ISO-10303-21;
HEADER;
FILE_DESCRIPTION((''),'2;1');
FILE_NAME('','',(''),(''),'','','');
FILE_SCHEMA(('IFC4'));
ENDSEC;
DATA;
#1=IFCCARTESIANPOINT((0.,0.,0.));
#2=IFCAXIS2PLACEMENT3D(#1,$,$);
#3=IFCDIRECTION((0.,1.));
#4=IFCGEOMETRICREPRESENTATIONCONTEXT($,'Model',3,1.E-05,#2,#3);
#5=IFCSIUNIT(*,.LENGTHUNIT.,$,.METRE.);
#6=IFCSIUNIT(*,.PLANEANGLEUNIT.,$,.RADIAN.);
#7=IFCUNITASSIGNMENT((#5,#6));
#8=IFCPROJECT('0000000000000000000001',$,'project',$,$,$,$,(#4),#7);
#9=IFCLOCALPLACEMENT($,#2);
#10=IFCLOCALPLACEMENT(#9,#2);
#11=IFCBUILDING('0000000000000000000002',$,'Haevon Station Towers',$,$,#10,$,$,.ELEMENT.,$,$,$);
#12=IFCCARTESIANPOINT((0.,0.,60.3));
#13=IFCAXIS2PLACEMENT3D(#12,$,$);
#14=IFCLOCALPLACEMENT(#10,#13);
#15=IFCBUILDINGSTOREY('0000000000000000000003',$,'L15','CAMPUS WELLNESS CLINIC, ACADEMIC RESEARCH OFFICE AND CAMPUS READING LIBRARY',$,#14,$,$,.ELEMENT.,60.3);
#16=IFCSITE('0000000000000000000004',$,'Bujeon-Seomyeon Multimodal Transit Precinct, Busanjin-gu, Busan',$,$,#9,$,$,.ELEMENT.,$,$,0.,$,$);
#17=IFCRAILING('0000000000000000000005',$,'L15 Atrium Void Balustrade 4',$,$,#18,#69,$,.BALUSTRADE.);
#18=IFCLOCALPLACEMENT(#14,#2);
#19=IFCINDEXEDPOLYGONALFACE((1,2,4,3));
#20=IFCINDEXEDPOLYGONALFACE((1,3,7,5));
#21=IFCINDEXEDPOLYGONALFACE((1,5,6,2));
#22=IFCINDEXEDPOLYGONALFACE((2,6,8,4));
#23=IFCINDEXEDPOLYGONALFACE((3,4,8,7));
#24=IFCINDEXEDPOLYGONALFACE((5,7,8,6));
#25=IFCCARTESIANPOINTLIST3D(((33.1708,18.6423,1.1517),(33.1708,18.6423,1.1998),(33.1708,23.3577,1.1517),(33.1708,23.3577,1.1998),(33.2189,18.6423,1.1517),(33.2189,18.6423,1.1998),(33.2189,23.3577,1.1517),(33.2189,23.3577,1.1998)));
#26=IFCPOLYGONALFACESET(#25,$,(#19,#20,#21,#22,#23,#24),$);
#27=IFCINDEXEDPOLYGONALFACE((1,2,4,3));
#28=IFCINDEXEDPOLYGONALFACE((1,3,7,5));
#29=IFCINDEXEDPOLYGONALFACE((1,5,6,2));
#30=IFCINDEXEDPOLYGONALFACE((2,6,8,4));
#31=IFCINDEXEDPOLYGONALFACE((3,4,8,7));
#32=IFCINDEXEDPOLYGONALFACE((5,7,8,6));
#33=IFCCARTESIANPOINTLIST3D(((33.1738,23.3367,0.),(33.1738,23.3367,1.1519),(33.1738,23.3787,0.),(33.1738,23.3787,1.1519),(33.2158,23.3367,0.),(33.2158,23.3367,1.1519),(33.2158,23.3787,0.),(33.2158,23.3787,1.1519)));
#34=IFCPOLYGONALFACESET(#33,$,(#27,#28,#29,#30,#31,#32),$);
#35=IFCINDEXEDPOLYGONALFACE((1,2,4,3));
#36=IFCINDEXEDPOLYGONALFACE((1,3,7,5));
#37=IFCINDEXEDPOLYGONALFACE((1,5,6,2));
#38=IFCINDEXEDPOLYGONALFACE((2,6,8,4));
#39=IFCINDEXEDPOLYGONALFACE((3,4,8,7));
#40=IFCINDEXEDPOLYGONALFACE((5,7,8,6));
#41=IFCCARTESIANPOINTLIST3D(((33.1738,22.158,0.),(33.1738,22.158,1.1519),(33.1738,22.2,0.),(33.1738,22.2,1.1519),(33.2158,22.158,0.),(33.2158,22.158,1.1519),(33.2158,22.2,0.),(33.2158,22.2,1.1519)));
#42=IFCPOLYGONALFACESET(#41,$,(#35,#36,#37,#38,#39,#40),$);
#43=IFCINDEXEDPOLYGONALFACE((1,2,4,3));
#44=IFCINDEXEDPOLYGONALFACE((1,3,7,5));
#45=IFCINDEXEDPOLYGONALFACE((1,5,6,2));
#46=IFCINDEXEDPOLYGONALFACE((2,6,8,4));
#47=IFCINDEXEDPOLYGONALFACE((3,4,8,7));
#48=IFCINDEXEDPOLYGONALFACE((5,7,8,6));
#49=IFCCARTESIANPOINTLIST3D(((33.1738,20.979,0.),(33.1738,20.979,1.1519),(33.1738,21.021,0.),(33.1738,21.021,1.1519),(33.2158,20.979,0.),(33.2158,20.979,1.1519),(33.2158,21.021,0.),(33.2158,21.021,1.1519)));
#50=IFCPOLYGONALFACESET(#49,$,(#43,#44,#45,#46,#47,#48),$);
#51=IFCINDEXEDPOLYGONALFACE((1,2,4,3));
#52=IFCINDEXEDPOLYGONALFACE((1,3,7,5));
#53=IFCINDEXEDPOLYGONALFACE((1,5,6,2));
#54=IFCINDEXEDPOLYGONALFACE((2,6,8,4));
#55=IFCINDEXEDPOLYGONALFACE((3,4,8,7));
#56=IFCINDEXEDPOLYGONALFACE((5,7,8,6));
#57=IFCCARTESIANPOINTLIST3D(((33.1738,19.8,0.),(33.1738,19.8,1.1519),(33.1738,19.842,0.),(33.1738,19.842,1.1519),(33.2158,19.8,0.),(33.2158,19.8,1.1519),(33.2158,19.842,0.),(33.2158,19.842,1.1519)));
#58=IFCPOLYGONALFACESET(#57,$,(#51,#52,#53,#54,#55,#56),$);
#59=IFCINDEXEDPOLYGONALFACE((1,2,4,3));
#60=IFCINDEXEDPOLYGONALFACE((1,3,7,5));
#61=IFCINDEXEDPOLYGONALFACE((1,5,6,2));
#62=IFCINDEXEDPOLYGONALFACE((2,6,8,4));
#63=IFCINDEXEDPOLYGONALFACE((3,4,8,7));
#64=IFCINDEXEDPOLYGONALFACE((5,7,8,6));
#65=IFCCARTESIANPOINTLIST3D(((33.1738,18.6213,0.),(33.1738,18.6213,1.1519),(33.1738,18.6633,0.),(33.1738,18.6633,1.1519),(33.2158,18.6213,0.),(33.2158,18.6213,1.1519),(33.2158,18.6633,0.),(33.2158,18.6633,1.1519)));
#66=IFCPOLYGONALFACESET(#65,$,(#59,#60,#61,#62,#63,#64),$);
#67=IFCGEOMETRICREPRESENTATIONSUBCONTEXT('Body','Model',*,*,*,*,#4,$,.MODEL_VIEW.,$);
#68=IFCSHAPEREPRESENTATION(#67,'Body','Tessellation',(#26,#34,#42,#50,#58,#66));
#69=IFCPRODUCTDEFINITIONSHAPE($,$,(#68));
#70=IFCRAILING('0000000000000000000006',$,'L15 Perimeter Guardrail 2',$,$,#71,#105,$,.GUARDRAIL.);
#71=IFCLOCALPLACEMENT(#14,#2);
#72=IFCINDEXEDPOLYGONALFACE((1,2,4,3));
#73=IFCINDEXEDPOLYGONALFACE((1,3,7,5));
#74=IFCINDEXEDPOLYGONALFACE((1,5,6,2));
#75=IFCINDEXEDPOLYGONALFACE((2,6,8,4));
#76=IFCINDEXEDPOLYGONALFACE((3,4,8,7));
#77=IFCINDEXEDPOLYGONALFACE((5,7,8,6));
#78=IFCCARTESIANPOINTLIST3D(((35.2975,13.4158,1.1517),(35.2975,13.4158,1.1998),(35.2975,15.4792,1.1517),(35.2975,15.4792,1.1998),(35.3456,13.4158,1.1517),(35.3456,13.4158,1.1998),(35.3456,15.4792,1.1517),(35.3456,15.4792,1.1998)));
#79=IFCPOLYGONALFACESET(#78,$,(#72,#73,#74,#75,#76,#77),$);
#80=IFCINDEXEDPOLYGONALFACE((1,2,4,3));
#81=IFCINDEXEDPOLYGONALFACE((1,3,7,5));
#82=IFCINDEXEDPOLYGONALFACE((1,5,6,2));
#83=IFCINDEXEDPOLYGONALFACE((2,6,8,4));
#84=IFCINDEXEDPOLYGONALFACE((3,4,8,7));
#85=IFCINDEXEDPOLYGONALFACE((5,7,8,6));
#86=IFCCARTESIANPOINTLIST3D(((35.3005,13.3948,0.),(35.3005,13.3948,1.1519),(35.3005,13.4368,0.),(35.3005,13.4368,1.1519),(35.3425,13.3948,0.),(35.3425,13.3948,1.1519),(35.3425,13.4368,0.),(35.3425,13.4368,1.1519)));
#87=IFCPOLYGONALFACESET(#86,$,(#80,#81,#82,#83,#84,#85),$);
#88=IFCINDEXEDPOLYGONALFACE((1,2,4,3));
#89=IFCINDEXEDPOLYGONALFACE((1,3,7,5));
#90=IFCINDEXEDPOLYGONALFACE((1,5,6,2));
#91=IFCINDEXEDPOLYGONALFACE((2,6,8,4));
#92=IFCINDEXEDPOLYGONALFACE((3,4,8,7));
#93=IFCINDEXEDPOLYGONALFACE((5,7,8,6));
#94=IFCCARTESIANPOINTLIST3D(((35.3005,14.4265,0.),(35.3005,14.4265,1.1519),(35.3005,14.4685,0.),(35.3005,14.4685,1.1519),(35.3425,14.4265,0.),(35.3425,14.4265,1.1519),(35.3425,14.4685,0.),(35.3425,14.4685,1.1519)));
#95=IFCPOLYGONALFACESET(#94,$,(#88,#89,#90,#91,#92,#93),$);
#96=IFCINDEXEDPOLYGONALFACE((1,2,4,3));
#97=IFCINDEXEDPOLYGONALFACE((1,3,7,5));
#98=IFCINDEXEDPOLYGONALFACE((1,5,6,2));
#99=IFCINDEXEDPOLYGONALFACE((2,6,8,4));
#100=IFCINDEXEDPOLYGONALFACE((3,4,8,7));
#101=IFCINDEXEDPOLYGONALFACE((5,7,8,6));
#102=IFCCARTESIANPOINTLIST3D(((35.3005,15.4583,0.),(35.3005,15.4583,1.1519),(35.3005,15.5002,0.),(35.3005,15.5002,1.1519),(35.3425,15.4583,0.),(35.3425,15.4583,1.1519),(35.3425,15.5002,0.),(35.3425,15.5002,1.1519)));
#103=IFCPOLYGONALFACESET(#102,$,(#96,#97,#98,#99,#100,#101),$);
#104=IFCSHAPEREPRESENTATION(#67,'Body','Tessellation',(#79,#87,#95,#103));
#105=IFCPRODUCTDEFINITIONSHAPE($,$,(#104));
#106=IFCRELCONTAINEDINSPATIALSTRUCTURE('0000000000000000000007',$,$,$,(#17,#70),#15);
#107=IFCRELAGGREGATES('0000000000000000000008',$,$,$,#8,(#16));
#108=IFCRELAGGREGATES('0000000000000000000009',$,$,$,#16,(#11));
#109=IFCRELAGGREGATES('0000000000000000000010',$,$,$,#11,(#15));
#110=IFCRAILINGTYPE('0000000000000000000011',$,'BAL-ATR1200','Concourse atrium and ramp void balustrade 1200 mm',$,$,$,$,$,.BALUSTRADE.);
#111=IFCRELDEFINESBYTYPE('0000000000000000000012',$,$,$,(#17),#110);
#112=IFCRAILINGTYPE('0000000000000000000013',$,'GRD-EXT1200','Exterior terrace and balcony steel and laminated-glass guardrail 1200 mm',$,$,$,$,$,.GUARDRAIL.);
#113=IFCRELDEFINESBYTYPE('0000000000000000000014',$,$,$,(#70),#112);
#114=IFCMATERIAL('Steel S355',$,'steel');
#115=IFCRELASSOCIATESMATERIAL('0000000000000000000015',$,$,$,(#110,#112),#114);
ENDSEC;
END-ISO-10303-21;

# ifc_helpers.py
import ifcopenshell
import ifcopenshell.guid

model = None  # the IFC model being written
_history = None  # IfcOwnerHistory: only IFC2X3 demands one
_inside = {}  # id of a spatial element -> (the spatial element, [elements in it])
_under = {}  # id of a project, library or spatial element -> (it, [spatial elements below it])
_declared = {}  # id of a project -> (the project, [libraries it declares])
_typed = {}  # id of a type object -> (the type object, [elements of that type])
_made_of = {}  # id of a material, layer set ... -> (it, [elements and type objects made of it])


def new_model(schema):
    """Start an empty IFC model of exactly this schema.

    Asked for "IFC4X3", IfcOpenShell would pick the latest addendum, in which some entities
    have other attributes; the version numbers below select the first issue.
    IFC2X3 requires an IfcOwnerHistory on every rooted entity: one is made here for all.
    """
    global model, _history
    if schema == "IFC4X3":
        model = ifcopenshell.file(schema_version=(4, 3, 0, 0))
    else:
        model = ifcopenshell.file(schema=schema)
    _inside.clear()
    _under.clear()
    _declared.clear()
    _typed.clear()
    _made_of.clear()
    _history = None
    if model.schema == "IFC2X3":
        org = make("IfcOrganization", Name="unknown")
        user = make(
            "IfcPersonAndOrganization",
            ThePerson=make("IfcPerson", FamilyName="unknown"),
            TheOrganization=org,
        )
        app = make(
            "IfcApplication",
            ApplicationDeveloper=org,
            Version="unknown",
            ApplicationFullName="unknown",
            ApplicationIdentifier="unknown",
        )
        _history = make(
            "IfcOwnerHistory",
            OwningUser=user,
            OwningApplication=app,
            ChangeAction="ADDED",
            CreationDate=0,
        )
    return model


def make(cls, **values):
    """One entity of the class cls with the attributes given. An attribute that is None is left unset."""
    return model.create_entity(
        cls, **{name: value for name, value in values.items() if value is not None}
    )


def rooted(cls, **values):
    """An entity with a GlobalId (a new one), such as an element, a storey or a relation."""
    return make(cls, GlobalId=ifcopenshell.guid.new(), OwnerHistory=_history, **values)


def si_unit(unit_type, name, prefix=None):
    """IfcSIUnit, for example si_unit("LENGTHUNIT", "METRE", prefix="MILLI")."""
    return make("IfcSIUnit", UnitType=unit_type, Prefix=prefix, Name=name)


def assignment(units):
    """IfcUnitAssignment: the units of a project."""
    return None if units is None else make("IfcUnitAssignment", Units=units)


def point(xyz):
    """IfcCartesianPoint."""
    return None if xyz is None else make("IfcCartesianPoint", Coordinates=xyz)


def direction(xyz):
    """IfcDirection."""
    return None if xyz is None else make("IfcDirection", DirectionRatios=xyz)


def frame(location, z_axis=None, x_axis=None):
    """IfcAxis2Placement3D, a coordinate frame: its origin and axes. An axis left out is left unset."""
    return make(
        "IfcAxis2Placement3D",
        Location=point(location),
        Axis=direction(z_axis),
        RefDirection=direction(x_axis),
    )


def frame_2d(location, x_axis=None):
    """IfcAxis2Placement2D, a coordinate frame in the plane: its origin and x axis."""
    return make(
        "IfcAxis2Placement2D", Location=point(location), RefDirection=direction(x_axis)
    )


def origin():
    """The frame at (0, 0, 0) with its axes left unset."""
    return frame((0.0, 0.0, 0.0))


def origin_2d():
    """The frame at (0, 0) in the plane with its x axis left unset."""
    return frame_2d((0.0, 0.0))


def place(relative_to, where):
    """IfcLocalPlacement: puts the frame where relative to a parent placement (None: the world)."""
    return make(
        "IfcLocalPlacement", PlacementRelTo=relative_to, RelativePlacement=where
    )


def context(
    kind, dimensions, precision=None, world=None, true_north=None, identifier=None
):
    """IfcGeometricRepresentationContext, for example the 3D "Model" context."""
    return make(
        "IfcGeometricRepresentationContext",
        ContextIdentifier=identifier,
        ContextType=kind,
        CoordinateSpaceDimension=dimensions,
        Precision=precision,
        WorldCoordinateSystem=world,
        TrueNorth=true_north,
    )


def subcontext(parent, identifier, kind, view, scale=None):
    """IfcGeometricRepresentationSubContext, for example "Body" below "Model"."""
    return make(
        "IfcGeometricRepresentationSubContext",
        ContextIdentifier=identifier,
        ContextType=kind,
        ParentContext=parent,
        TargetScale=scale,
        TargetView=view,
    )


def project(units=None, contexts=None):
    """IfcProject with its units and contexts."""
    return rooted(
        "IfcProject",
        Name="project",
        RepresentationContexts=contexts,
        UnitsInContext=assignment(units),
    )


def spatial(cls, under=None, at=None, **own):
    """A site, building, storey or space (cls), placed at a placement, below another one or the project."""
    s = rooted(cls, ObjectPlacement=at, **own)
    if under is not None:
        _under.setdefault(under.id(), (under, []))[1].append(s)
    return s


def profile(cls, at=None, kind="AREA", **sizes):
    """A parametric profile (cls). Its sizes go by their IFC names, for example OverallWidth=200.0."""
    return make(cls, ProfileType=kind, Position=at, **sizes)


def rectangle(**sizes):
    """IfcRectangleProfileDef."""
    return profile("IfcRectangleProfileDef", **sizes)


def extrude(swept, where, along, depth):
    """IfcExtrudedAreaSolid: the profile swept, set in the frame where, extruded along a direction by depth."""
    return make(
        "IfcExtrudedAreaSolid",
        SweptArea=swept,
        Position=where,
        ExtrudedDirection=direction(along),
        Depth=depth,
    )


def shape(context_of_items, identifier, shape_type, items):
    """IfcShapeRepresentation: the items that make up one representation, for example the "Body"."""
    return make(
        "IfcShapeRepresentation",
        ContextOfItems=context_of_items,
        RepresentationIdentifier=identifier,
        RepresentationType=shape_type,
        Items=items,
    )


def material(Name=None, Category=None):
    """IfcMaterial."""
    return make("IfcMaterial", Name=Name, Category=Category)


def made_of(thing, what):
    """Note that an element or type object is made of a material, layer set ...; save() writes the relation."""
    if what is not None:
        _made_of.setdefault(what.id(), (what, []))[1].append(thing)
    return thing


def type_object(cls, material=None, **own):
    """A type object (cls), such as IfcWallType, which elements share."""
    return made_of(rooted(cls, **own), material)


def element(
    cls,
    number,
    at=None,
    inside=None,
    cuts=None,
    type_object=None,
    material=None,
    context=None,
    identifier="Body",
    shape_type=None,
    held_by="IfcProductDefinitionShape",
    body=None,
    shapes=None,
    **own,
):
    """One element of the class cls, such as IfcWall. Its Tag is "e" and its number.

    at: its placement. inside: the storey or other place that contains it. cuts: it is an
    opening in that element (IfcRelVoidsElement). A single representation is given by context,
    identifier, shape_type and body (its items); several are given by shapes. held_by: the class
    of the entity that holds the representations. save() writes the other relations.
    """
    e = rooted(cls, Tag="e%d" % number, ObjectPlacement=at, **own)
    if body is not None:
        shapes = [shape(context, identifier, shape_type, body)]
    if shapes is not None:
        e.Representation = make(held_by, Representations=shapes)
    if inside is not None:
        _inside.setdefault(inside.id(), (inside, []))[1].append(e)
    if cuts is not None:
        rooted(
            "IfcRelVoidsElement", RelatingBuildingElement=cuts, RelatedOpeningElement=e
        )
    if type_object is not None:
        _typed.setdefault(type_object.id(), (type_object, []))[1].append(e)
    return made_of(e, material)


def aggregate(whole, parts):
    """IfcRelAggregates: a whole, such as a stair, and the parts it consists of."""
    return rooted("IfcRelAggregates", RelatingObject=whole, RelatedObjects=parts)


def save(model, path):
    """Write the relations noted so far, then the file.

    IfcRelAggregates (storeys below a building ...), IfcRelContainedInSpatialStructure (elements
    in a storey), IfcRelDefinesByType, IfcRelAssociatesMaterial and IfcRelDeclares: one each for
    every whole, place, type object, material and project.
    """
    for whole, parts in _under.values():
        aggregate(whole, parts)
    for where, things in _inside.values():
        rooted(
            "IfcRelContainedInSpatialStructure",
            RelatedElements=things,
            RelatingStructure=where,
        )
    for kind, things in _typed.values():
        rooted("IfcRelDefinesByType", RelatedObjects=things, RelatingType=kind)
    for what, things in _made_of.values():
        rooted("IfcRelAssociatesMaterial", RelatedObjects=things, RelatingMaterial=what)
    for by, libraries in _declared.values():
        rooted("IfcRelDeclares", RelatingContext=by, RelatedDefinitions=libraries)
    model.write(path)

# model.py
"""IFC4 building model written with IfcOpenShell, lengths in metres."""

from ifc_helpers import new_model, si_unit, direction, frame, origin, origin_2d, place, context, subcontext, project, spatial, rectangle, extrude, material, type_object, element, save


model = new_model("IFC4")

# Units and contexts
model_context = context("Model", 3, precision=1e-05, world=origin(), true_north=direction((0.0, 1.0)))
body_context = subcontext(model_context, "Body", "Model", "MODEL_VIEW")
ifc_project = project(units=[si_unit("LENGTHUNIT", "METRE"), si_unit("PLANEANGLEUNIT", "RADIAN")], contexts=[model_context])

# Site, building, storey
site_placement = place(None, origin())
site = spatial("IfcSite", under=ifc_project, at=site_placement, Name="Bujeon-Seomyeon Multimodal Transit Precinct, Busanjin-gu, Busan", CompositionType="ELEMENT", RefElevation=0.0)
building_placement = place(site_placement, origin())
building = spatial("IfcBuilding", under=site, at=building_placement, Name="Haevon Station Towers", CompositionType="ELEMENT")
storey_placement = place(building_placement, frame((0.0, 0.0, 60.3)))
storey = spatial("IfcBuildingStorey", under=building, at=storey_placement, Name="L15", Description="CAMPUS WELLNESS CLINIC, ACADEMIC RESEARCH OFFICE AND CAMPUS READING LIBRARY", CompositionType="ELEMENT", Elevation=60.3)

# Shared definitions
ifc_material_1 = material(Name="Steel S355", Category="steel")

# Railings
railing_type_1 = type_object("IfcRailingType", Name="BAL-ATR1200", Description="Concourse atrium and ramp void balustrade 1200 mm", PredefinedType="BALUSTRADE", material=ifc_material_1)
railing_1_placement = place(storey_placement, frame((33.1948, 23.3577, 0.0)))
element("IfcRailing", 1, at=railing_1_placement, inside=storey, type_object=railing_type_1, Name="L15 Atrium Void Balustrade 4", PredefinedType="BALUSTRADE", context=body_context, shape_type="SweptSolid", body=[
    extrude(rectangle(XDim=0.0481, YDim=0.0481, at=origin_2d()), frame((0.0, 0.0, 1.1758), z_axis=(0.0, -1.0, 0.0), x_axis=(1.0, 0.0, 0.0)), (0.0, 0.0, 1.0), 4.7153),
    extrude(rectangle(XDim=0.042, YDim=0.042, at=origin_2d()), origin(), (0.0, 0.0, 1.0), 1.1519),
    extrude(rectangle(XDim=0.042, YDim=0.042, at=origin_2d()), frame((0.0, -1.1787, 0.0)), (0.0, 0.0, 1.0), 1.1519),
    extrude(rectangle(XDim=0.042, YDim=0.042, at=origin_2d()), frame((0.0, -2.3577, 0.0)), (0.0, 0.0, 1.0), 1.1519),
    extrude(rectangle(XDim=0.042, YDim=0.042, at=origin_2d()), frame((0.0, -3.5366, 0.0)), (0.0, 0.0, 1.0), 1.1519),
    extrude(rectangle(XDim=0.042, YDim=0.042, at=origin_2d()), frame((0.0, -4.7153, 0.0)), (0.0, 0.0, 1.0), 1.1519),
])
railing_type_2 = type_object("IfcRailingType", Name="GRD-EXT1200", Description="Exterior terrace and balcony steel and laminated-glass guardrail 1200 mm", PredefinedType="GUARDRAIL", material=ifc_material_1)
railing_2_placement = place(storey_placement, frame((35.3215, 13.4158, 0.0)))
element("IfcRailing", 2, at=railing_2_placement, inside=storey, type_object=railing_type_2, Name="L15 Perimeter Guardrail 2", PredefinedType="GUARDRAIL", context=body_context, shape_type="SweptSolid", body=[
    extrude(rectangle(XDim=0.0481, YDim=0.0481, at=origin_2d()), frame((0.0, 0.0, 1.1758), z_axis=(0.0, 1.0, 0.0), x_axis=(-1.0, 0.0, 0.0)), (0.0, 0.0, 1.0), 2.0635),
    extrude(rectangle(XDim=0.042, YDim=0.042, at=origin_2d()), origin(), (0.0, 0.0, 1.0), 1.1519),
    extrude(rectangle(XDim=0.042, YDim=0.042, at=origin_2d()), frame((0.0, 1.0317, 0.0)), (0.0, 0.0, 1.0), 1.1519),
    extrude(rectangle(XDim=0.042, YDim=0.042, at=origin_2d()), frame((0.0, 2.0635, 0.0)), (0.0, 0.0, 1.0), 1.1519),
])

save(model, "model.ifc")
